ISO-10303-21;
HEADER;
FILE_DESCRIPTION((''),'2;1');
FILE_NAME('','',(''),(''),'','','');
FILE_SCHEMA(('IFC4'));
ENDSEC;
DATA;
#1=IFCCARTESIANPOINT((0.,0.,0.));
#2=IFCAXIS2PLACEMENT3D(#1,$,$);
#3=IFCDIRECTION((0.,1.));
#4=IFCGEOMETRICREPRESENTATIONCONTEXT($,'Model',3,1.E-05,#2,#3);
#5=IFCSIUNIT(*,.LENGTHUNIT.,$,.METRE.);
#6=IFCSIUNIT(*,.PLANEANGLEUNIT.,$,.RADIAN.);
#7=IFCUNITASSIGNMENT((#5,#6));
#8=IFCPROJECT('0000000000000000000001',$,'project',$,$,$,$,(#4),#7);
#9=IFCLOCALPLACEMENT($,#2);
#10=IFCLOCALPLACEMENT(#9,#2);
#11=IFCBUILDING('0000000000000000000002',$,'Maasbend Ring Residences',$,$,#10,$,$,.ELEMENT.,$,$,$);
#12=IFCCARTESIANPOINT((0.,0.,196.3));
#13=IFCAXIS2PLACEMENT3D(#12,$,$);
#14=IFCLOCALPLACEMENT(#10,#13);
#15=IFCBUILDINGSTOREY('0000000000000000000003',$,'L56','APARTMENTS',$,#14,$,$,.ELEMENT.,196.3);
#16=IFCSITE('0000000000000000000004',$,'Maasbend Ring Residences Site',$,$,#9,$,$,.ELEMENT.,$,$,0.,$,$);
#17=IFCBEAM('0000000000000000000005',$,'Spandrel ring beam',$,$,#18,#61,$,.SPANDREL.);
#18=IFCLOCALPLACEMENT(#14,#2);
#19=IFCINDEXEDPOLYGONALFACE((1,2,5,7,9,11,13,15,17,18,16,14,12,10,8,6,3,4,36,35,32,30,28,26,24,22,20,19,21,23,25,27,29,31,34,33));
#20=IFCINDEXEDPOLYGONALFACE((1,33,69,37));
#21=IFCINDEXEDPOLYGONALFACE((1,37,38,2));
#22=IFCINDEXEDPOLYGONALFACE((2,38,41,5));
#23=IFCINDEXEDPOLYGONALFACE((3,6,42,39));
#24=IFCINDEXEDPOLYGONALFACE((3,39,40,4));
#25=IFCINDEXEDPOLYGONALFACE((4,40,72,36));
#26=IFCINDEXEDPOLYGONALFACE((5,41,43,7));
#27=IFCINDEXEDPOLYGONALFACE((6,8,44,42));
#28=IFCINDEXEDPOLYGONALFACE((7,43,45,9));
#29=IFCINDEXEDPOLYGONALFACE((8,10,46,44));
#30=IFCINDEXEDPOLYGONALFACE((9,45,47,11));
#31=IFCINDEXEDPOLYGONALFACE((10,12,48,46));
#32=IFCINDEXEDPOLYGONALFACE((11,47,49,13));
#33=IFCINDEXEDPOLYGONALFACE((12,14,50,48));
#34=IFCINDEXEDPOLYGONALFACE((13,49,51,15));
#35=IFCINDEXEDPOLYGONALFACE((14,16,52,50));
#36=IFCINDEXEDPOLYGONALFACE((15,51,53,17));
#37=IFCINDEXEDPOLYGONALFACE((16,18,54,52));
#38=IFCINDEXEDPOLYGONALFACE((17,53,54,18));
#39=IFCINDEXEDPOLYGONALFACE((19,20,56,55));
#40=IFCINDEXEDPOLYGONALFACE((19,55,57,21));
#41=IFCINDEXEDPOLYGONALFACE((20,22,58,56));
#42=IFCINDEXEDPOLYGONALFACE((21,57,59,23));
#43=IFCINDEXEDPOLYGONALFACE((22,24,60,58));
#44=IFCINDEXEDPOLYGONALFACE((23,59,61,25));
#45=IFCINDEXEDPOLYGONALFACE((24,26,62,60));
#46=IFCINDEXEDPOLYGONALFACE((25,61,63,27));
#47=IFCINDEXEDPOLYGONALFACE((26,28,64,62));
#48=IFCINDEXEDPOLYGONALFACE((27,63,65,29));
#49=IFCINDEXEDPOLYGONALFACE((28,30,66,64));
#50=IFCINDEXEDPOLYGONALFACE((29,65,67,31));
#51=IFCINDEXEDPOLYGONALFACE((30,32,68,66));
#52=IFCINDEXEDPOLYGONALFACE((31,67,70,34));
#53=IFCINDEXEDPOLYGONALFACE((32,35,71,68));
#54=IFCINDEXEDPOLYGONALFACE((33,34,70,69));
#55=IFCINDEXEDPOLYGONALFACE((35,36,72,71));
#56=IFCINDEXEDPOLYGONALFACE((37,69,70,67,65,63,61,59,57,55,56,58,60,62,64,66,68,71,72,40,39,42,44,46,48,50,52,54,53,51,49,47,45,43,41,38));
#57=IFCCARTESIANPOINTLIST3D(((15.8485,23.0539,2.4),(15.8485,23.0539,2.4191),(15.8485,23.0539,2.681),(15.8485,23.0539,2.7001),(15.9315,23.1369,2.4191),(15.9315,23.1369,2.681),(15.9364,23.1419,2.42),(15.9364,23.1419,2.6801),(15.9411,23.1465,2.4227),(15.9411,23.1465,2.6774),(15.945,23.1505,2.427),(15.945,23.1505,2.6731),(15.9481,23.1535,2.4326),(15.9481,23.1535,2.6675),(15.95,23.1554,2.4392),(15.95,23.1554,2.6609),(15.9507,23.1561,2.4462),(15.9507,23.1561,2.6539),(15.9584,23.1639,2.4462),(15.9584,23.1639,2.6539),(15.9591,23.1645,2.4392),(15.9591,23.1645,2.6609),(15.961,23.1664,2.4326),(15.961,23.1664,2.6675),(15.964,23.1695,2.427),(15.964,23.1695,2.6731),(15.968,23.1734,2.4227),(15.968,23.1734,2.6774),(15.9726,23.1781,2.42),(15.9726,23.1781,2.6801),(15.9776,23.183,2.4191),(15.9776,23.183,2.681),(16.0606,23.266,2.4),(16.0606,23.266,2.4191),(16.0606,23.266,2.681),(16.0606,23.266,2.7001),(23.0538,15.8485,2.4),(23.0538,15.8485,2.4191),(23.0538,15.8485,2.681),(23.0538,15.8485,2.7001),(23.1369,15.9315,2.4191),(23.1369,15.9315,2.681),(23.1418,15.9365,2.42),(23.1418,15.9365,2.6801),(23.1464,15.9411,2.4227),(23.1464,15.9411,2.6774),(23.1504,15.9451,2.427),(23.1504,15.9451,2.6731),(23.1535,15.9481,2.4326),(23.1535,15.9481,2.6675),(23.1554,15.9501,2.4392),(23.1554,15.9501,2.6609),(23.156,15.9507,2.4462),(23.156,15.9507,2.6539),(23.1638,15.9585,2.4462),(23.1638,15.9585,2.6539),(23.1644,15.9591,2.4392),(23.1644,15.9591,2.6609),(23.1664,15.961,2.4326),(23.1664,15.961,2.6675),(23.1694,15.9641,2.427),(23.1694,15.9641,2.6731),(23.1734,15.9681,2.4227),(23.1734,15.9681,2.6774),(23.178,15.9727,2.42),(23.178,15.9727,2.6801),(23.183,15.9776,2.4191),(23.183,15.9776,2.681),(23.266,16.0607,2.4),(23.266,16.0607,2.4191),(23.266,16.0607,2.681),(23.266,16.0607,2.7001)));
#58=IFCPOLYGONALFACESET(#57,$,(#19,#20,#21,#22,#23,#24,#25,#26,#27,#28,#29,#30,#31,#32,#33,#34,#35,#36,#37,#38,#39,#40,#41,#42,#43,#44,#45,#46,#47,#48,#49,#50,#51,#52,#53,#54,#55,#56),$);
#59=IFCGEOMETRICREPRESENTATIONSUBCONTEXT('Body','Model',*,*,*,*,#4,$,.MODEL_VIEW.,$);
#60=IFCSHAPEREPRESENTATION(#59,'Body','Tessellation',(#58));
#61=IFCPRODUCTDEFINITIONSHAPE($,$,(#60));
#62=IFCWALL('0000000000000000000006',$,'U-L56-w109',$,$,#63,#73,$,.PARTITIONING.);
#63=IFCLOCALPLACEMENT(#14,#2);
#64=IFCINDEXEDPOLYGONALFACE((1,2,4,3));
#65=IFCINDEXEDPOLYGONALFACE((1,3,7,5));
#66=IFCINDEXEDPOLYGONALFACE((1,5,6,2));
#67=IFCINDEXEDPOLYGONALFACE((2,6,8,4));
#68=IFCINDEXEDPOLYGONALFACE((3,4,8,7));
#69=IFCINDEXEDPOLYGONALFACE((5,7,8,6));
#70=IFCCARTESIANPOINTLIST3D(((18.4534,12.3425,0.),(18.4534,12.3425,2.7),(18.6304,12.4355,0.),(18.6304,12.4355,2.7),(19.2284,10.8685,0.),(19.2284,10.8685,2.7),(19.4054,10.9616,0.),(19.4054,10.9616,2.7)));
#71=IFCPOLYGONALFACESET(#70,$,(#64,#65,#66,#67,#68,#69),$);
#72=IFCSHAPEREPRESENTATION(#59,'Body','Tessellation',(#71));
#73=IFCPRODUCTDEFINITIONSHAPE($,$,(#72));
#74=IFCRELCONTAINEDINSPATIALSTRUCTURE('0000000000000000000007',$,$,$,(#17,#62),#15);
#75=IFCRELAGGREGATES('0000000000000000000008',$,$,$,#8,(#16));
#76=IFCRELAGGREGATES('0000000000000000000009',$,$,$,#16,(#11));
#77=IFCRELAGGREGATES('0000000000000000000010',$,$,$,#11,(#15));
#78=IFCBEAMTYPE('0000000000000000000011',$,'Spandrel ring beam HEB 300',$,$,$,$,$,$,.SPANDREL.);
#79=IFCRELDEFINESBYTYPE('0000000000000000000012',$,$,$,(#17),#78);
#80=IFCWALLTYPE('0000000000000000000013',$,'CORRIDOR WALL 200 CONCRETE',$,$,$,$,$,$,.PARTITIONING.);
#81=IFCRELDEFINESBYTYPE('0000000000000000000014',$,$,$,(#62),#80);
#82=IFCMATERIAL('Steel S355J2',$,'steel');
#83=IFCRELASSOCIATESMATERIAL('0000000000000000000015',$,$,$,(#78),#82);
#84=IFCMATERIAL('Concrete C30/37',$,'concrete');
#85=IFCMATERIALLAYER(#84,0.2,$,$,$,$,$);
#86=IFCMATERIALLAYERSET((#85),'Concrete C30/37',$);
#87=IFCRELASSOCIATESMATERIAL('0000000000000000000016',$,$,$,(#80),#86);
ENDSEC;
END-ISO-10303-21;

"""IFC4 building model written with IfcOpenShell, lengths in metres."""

from ifc_helpers import new_model, si_unit, direction, frame, frame_2d, origin, origin_2d, place, context, subcontext, project, spatial, rectangle, i_section, extrude, material, layer, layer_set, material_profile, profile_set, type_object, element, save


model = new_model("IFC4")

# Units and contexts
model_context = context("Model", 3, precision=1e-05, world=origin(), true_north=direction((0.0, 1.0)))
body_context = subcontext(model_context, "Body", "Model", "MODEL_VIEW")
ifc_project = project(units=[si_unit("LENGTHUNIT", "METRE"), si_unit("PLANEANGLEUNIT", "RADIAN")], contexts=[model_context])

# Site, building, storey
site_placement = place(None, origin())
site = spatial("IfcSite", under=ifc_project, at=site_placement, Name="Maasbend Ring Residences Site", CompositionType="ELEMENT", RefElevation=0.0)
building_placement = place(site_placement, origin())
building = spatial("IfcBuilding", under=site, at=building_placement, Name="Maasbend Ring Residences", CompositionType="ELEMENT")
storey_placement = place(building_placement, frame((0.0, 0.0, 196.3)))
storey = spatial("IfcBuildingStorey", under=building, at=storey_placement, Name="L56", Description="APARTMENTS", CompositionType="ELEMENT", Elevation=196.3)

# Beam
ifc_material_1 = material(Name="Steel S355J2", Category="steel")
ifc_material_profile_1 = material_profile(ifc_material_1, i_section(OverallWidth=0.3, OverallDepth=0.3, WebThickness=0.011, FlangeThickness=0.019, FilletRadius=0.0271, at=origin_2d()), Name="HEB 300")
ifc_profile_set_1 = profile_set([ifc_material_profile_1], Name="Steel S355J2")
beam_type_1 = type_object("IfcBeamType", Name="Spandrel ring beam HEB 300", PredefinedType="SPANDREL", material=ifc_profile_set_1)
beam_1_placement = place(storey_placement, frame((23.1599, 15.9546, 2.55), z_axis=(-0.707107, 0.707107, 0.0), x_axis=(-0.707107, -0.707107, 0.0)))
element("IfcBeam", 1, at=beam_1_placement, inside=storey, type_object=beam_type_1, Name="Spandrel ring beam", PredefinedType="SPANDREL", context=body_context, shape_type="SweptSolid", body=[
    extrude(i_section(OverallWidth=0.3, OverallDepth=0.3, WebThickness=0.011, FlangeThickness=0.019, FilletRadius=0.0271, at=origin_2d()), origin(), (0.0, 0.0, 1.0), 10.1899),
])

# Wall
ifc_material_2 = material(Name="Concrete C30/37", Category="concrete")
ifc_layer_1 = layer(ifc_material_2, 0.2)
ifc_layer_set_1 = layer_set([ifc_layer_1], Name="Concrete C30/37")
wall_type_1 = type_object("IfcWallType", Name="CORRIDOR WALL 200 CONCRETE", PredefinedType="PARTITIONING", material=ifc_layer_set_1)
wall_1_placement = place(storey_placement, frame((18.542, 12.3889, 0.0), z_axis=(0.0, 0.0, 1.0), x_axis=(0.46536, -0.885122, 0.0)))
element("IfcWall", 2, at=wall_1_placement, inside=storey, type_object=wall_type_1, Name="U-L56-w109", PredefinedType="PARTITIONING", context=body_context, shape_type="SweptSolid", body=[
    extrude(rectangle(XDim=1.6653, YDim=0.2, at=frame_2d((0.8325, 0.0))), origin(), (0.0, 0.0, 1.0), 2.7),
])

save(model, "model.ifc")
